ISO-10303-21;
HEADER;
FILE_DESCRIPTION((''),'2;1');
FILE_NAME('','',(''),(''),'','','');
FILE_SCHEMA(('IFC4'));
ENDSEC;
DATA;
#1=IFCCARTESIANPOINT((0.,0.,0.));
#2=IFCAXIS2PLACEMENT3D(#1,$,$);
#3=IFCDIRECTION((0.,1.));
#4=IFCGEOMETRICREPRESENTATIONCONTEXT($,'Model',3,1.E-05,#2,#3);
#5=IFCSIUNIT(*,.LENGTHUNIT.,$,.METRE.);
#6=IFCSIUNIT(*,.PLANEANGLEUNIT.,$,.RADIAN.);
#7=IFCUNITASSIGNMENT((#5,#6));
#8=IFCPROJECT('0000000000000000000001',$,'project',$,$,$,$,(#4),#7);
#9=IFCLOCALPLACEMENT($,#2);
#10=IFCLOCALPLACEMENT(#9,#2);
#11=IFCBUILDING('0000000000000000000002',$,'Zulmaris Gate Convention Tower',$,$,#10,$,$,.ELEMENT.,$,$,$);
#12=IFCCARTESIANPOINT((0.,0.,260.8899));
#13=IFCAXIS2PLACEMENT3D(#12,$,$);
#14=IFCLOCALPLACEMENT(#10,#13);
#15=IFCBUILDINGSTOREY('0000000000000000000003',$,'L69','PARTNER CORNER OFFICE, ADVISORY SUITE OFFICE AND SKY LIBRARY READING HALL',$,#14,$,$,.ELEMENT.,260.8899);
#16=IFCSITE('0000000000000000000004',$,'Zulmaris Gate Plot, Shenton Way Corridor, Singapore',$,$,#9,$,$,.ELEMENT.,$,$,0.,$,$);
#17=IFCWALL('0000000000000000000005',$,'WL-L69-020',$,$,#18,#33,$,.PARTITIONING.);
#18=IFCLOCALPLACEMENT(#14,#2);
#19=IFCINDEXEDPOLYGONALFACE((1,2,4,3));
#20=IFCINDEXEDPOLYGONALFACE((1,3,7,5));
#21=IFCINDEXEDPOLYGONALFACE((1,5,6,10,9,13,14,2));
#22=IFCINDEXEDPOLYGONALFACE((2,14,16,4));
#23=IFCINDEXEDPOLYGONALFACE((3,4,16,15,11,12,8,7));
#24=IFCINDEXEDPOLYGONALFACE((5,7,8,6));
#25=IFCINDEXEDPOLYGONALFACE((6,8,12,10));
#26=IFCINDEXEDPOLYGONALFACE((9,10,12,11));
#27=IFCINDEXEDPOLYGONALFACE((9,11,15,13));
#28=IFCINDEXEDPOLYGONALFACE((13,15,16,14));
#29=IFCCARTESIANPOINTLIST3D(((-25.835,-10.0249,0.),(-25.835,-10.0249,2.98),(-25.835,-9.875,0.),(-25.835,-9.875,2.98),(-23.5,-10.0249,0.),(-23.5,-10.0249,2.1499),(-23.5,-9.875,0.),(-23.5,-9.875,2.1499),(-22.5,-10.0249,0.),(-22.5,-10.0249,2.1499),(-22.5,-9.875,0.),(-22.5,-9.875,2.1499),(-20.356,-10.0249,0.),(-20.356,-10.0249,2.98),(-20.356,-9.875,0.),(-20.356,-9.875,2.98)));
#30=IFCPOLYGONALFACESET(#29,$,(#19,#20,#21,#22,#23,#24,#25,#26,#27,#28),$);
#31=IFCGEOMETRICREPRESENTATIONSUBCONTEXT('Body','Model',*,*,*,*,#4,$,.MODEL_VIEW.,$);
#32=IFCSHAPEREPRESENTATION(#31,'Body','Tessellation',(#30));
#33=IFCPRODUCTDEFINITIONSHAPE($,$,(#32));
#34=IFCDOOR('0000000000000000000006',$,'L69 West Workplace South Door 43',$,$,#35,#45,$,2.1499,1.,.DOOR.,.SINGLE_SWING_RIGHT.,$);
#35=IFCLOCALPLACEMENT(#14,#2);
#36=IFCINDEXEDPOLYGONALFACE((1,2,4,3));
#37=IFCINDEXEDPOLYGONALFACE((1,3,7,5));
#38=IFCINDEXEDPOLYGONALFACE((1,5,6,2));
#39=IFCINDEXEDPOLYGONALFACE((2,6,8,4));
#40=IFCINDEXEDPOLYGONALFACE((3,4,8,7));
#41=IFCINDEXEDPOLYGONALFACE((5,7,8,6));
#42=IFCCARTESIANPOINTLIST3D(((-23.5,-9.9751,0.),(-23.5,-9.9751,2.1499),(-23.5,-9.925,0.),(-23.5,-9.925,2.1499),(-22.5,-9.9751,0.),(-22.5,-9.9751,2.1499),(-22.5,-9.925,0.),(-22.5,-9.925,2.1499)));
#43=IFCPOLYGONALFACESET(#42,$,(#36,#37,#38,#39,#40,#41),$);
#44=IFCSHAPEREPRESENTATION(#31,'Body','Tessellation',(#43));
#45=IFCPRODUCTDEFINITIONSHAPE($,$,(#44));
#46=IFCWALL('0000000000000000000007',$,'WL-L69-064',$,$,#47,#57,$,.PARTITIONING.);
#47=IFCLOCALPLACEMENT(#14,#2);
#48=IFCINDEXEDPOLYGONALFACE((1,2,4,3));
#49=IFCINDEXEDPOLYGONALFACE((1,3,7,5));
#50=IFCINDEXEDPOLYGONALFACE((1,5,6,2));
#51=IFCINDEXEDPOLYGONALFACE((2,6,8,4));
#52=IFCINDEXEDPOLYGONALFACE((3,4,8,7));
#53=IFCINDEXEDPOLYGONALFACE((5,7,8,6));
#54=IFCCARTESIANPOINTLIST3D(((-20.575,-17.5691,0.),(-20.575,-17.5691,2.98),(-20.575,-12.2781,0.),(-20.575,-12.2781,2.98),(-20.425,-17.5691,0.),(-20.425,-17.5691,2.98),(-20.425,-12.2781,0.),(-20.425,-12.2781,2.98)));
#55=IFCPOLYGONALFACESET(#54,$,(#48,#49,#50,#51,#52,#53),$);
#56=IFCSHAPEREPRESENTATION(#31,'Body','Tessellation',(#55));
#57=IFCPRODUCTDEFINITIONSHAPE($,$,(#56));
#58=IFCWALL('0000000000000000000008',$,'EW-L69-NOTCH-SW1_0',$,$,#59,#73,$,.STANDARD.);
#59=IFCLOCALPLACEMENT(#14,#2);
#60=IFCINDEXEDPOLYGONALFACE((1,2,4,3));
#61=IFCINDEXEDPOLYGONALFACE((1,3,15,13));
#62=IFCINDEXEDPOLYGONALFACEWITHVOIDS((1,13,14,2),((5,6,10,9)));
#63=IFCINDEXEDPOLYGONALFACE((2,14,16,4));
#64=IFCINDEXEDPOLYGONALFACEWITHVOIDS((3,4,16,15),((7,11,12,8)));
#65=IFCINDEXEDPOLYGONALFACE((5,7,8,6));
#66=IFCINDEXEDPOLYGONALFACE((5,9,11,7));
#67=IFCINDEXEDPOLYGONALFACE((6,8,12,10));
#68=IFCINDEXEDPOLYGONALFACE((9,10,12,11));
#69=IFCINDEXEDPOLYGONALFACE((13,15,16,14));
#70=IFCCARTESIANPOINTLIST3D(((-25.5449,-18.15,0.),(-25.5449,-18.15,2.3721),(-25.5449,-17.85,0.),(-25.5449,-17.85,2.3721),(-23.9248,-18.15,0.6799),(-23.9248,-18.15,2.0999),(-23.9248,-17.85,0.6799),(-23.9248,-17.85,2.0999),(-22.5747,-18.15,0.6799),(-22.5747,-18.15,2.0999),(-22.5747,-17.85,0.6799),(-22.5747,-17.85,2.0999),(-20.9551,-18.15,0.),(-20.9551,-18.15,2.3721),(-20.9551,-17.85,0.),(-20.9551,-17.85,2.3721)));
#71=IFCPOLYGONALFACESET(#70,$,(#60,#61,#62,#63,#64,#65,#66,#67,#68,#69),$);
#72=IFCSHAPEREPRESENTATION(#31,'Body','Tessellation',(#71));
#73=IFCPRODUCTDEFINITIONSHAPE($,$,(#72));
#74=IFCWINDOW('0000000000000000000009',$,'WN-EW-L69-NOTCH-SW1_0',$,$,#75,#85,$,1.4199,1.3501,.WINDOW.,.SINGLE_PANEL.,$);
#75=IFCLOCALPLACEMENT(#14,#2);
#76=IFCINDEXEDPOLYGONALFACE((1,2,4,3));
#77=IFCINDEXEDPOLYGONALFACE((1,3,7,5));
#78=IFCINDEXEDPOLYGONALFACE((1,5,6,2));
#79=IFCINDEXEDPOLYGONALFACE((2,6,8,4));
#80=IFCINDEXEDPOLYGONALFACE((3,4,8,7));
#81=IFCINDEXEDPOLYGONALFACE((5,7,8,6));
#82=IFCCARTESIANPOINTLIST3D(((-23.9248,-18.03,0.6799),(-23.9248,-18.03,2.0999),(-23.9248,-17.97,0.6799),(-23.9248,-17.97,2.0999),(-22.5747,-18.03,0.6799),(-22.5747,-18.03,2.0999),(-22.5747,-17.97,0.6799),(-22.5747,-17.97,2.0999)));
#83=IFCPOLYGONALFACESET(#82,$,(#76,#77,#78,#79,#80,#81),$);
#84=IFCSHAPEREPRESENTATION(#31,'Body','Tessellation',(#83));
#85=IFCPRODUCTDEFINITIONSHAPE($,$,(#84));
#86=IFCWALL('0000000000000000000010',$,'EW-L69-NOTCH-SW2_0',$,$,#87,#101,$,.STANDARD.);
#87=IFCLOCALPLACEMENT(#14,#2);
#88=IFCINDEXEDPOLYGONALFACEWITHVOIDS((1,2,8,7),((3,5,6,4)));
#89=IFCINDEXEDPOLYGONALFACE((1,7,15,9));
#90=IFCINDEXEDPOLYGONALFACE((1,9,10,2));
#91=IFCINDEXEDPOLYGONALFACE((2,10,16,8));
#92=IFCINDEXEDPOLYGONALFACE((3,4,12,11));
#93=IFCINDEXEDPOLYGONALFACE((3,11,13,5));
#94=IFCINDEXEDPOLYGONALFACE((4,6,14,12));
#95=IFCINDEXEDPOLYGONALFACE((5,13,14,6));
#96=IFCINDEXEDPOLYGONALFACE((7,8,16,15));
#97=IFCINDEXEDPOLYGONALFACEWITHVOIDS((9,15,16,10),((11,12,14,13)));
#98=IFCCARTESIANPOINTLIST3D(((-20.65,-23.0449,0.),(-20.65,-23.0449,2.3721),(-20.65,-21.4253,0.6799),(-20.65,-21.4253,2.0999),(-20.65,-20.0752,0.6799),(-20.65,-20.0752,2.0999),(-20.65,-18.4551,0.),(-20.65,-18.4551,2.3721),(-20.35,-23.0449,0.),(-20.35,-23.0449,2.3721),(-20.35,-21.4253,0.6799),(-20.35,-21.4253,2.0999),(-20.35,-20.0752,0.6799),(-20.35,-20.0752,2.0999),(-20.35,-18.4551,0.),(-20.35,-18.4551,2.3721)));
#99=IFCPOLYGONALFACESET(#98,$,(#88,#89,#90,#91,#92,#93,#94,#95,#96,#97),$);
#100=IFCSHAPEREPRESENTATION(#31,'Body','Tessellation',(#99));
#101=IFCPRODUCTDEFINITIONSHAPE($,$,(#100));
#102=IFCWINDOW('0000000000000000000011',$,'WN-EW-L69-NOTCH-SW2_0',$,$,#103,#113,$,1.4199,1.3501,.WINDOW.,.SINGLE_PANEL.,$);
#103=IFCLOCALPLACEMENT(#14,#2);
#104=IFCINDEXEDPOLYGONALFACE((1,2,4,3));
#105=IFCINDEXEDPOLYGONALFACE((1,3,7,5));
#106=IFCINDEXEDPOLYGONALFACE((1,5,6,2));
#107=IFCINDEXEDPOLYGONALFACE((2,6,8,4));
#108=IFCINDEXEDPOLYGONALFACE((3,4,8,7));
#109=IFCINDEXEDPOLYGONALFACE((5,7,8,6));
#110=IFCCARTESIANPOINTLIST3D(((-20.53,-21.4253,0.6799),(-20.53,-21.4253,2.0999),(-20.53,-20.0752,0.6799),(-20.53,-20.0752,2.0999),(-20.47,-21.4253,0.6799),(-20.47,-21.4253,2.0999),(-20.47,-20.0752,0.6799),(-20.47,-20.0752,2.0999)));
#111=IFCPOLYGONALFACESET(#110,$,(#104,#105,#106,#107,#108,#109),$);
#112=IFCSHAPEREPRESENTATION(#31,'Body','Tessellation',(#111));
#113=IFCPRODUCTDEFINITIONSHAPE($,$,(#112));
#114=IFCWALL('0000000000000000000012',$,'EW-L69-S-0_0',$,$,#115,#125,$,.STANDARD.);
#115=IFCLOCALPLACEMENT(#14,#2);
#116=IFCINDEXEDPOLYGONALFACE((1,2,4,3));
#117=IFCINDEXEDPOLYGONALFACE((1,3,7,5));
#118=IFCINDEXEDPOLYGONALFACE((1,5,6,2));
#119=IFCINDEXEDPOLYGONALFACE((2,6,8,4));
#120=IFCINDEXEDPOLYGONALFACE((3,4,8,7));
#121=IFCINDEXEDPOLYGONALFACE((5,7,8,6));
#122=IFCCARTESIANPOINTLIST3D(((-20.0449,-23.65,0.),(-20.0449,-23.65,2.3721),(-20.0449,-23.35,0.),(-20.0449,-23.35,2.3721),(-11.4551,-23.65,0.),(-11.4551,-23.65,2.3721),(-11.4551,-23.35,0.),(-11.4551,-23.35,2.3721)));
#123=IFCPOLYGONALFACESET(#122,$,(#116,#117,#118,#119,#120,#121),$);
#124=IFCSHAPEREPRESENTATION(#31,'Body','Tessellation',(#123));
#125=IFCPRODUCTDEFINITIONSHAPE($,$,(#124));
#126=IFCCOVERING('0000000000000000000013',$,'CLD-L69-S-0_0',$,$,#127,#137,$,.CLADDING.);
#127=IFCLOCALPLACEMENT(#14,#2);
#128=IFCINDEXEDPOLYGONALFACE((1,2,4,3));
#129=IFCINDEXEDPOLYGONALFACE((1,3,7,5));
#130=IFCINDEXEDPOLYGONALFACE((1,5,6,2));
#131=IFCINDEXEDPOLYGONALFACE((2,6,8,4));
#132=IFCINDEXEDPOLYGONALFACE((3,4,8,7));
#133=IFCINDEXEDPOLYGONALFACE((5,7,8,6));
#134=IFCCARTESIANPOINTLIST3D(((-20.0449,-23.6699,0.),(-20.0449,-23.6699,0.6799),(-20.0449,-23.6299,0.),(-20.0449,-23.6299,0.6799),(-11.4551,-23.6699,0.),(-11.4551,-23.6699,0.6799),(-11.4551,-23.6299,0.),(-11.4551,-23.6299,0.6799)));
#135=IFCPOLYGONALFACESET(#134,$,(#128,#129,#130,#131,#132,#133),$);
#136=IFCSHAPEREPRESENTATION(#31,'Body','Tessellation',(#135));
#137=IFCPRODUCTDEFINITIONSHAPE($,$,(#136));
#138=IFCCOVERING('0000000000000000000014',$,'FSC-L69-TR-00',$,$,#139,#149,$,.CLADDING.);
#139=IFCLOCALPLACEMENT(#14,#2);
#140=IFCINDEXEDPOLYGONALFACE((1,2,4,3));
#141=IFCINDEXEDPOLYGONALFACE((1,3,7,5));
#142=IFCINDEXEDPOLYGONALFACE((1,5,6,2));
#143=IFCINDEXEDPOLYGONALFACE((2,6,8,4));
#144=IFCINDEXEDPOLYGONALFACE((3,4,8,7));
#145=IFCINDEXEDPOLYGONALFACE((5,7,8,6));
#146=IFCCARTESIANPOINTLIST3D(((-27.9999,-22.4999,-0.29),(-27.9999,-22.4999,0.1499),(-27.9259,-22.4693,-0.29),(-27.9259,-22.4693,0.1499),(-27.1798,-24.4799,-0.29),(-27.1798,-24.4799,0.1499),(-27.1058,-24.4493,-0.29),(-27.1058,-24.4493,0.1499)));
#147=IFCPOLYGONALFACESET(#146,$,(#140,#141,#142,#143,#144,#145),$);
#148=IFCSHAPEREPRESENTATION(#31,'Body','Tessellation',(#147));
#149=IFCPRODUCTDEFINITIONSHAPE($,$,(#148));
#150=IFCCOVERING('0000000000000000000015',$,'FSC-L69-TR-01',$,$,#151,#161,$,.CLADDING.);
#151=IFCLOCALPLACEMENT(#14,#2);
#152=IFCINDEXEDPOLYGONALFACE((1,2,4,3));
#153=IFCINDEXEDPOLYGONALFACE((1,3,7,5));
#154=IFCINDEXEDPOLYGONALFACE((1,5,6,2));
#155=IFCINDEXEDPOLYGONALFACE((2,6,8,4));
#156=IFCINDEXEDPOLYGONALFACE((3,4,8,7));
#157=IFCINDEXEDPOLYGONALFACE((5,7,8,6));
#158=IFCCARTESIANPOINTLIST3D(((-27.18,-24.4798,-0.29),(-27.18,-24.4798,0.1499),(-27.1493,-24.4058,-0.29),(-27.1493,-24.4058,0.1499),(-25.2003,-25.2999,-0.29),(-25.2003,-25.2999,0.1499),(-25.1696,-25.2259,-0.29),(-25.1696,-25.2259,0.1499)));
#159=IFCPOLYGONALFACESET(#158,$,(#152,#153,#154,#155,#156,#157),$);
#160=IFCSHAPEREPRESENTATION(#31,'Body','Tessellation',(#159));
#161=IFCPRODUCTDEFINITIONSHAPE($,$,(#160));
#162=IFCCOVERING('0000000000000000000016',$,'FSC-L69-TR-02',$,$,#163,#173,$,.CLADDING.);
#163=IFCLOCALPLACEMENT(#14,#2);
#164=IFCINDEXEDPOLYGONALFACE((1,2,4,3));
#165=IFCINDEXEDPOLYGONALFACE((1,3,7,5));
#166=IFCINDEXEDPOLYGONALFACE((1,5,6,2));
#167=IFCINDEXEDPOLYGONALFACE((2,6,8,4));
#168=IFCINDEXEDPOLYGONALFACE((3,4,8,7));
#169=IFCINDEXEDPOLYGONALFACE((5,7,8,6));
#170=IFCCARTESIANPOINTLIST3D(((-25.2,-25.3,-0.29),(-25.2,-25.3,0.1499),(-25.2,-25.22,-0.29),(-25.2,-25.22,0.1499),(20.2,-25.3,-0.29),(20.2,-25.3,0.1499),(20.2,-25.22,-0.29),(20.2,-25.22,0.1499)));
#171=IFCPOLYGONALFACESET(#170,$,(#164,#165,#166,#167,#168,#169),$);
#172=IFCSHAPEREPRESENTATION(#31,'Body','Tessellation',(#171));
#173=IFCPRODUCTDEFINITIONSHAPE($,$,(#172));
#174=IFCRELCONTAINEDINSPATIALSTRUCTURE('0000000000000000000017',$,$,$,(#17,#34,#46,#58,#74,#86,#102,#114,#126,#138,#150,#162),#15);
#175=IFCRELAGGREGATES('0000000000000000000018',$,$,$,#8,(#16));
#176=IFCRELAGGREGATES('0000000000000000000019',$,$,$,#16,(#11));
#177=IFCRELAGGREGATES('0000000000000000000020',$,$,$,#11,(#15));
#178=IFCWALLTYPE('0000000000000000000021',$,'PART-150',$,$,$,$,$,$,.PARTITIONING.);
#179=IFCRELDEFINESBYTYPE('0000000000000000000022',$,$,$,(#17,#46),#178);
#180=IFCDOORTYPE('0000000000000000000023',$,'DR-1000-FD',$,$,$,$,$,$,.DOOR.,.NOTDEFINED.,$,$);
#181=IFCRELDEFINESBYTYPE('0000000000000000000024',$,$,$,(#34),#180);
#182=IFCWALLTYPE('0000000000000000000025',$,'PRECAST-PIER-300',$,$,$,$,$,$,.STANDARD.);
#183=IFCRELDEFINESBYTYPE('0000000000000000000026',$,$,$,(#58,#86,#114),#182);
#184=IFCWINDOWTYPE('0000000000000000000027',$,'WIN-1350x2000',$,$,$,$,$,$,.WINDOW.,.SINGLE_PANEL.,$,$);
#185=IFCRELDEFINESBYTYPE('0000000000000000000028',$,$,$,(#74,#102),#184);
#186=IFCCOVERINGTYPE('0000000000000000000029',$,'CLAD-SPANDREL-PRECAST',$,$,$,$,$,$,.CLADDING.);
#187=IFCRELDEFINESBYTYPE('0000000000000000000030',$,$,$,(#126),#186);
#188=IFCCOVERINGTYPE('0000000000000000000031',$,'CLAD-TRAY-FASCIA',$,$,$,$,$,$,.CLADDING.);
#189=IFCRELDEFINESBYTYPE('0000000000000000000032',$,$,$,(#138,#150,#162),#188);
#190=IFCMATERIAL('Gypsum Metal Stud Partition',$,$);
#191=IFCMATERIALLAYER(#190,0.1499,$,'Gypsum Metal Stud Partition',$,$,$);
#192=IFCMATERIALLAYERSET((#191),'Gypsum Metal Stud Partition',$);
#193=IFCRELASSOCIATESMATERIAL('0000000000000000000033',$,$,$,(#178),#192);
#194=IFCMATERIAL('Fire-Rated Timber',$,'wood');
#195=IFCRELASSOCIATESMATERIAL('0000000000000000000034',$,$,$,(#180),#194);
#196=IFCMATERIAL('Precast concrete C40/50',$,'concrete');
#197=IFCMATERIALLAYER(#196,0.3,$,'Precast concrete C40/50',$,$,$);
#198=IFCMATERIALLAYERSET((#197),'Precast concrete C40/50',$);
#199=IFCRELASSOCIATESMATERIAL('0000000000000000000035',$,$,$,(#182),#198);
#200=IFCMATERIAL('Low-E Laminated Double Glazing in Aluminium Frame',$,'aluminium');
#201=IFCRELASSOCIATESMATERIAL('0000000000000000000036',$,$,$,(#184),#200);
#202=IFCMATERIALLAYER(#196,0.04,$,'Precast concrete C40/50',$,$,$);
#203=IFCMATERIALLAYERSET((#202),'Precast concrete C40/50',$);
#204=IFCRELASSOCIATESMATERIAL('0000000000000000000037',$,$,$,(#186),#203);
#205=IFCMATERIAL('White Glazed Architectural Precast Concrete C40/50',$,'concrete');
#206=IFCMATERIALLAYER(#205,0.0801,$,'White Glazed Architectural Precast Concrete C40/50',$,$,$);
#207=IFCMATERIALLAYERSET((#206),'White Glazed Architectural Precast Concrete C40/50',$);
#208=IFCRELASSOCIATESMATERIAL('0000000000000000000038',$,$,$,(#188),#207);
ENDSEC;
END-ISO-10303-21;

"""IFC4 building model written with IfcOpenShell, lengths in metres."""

from ifc_helpers import new_model, si_unit, direction, frame, frame_2d, origin, place, context, subcontext, project, spatial, rectangle, extrude, material, layer, layer_set, type_object, element, fill, save


model = new_model("IFC4")

# Units and contexts
model_context = context("Model", 3, precision=1e-05, world=origin(), true_north=direction((0.0, 1.0)))
body_context = subcontext(model_context, "Body", "Model", "MODEL_VIEW")
ifc_project = project(units=[si_unit("LENGTHUNIT", "METRE"), si_unit("PLANEANGLEUNIT", "RADIAN")], contexts=[model_context])

# Site, building, storey
site_placement = place(None, origin())
site = spatial("IfcSite", under=ifc_project, at=site_placement, Name="Zulmaris Gate Plot, Shenton Way Corridor, Singapore", CompositionType="ELEMENT", RefElevation=0.0)
building_placement = place(site_placement, origin())
building = spatial("IfcBuilding", under=site, at=building_placement, Name="Zulmaris Gate Convention Tower", CompositionType="ELEMENT")
storey_placement = place(building_placement, frame((0.0, 0.0, 260.8899)))
storey = spatial("IfcBuildingStorey", under=building, at=storey_placement, Name="L69", Description="PARTNER CORNER OFFICE, ADVISORY SUITE OFFICE AND SKY LIBRARY READING HALL", CompositionType="ELEMENT", Elevation=260.8899)

# Shared definitions
ifc_material_1 = material(Name="Gypsum Metal Stud Partition")
ifc_layer_1 = layer(ifc_material_1, 0.1499, Name="Gypsum Metal Stud Partition")
ifc_layer_set_1 = layer_set([ifc_layer_1], Name="Gypsum Metal Stud Partition")
wall_type_1 = type_object("IfcWallType", Name="PART-150", PredefinedType="PARTITIONING", material=ifc_layer_set_1)

# Wall, opening, door
wall_1_placement = place(storey_placement, frame((-25.835, -9.95, 0.0), z_axis=(0.0, 0.0, 1.0), x_axis=(1.0, 0.0, 0.0)))
wall_1 = element("IfcWall", 1, at=wall_1_placement, inside=storey, type_object=wall_type_1, Name="WL-L69-020", PredefinedType="PARTITIONING", context=body_context, shape_type="SweptSolid", body=[
    extrude(rectangle(XDim=5.479, YDim=0.1499, at=frame_2d((2.7395, 0.0))), origin(), (0.0, 0.0, 1.0), 2.98),
])
opening_1_placement = place(wall_1_placement, frame((2.335, 0.0, 0.0)))
opening_1 = element("IfcOpeningElement", 2, at=opening_1_placement, cuts=wall_1, PredefinedType="OPENING", context=body_context, shape_type="SweptSolid", body=[
    extrude(rectangle(XDim=1.0, YDim=2.1499, at=frame_2d((0.5, 1.075))), frame((0.0, 0.085, 0.0), z_axis=(0.0, -1.0, 0.0), x_axis=(1.0, 0.0, 0.0)), (0.0, 0.0, 1.0), 0.1699),
])
ifc_material_2 = material(Name="Fire-Rated Timber", Category="wood")
door_type_1 = type_object("IfcDoorType", Name="DR-1000-FD", OperationType="NOTDEFINED", PredefinedType="DOOR", material=ifc_material_2)
door_1_placement = place(opening_1_placement, origin())
door_1 = element("IfcDoor", 3, at=door_1_placement, inside=storey, type_object=door_type_1, Name="L69 West Workplace South Door 43", OperationType="SINGLE_SWING_RIGHT", OverallHeight=2.1499, OverallWidth=1.0, PredefinedType="DOOR", context=body_context, shape_type="SweptSolid", body=[
    extrude(rectangle(XDim=1.0, YDim=2.1499, at=frame_2d((0.5, 1.075))), frame((0.0, 0.0249, 0.0), z_axis=(0.0, -1.0, 0.0), x_axis=(1.0, 0.0, 0.0)), (0.0, 0.0, 1.0), 0.05),
])
fill(opening_1, door_1)

# Wall
wall_2_placement = place(storey_placement, frame((-20.5, -17.5691, 0.0), z_axis=(0.0, 0.0, 1.0), x_axis=(0.0, 1.0, 0.0)))
element("IfcWall", 4, at=wall_2_placement, inside=storey, type_object=wall_type_1, Name="WL-L69-064", PredefinedType="PARTITIONING", context=body_context, shape_type="SweptSolid", body=[
    extrude(rectangle(XDim=5.291, YDim=0.1499, at=frame_2d((2.6455, 0.0))), origin(), (0.0, 0.0, 1.0), 2.98),
])

# Walls, openings, windows
ifc_material_3 = material(Name="Precast concrete C40/50", Category="concrete")
ifc_layer_2 = layer(ifc_material_3, 0.3, Name="Precast concrete C40/50")
ifc_layer_set_2 = layer_set([ifc_layer_2], Name="Precast concrete C40/50")
wall_type_2 = type_object("IfcWallType", Name="PRECAST-PIER-300", PredefinedType="STANDARD", material=ifc_layer_set_2)
wall_3_placement = place(storey_placement, frame((-25.5449, -18.0, 0.0), z_axis=(0.0, 0.0, 1.0), x_axis=(1.0, 0.0, 0.0)))
wall_3 = element("IfcWall", 5, at=wall_3_placement, inside=storey, type_object=wall_type_2, Name="EW-L69-NOTCH-SW1_0", PredefinedType="STANDARD", context=body_context, shape_type="SweptSolid", body=[
    extrude(rectangle(XDim=4.5898, YDim=0.3, at=frame_2d((2.2949, 0.0))), origin(), (0.0, 0.0, 1.0), 2.3721),
])
opening_2_placement = place(wall_3_placement, frame((1.6201, 0.0, 0.6799)))
opening_2 = element("IfcOpeningElement", 6, at=opening_2_placement, cuts=wall_3, PredefinedType="OPENING", context=body_context, shape_type="SweptSolid", body=[
    extrude(rectangle(XDim=1.3501, YDim=1.4199, at=frame_2d((0.675, 0.71))), frame((0.0, 0.1602, 0.0), z_axis=(0.0, -1.0, 0.0), x_axis=(1.0, 0.0, 0.0)), (0.0, 0.0, 1.0), 0.3201),
])
ifc_material_4 = material(Name="Low-E Laminated Double Glazing in Aluminium Frame", Category="aluminium")
window_type = type_object("IfcWindowType", Name="WIN-1350x2000", PartitioningType="SINGLE_PANEL", PredefinedType="WINDOW", material=ifc_material_4)
window_1_placement = place(opening_2_placement, origin())
window_1 = element("IfcWindow", 7, at=window_1_placement, inside=storey, type_object=window_type, Name="WN-EW-L69-NOTCH-SW1_0", OverallHeight=1.4199, OverallWidth=1.3501, PartitioningType="SINGLE_PANEL", PredefinedType="WINDOW", context=body_context, shape_type="SweptSolid", body=[
    extrude(rectangle(XDim=1.3501, YDim=1.4199, at=frame_2d((0.675, 0.71))), frame((0.0, 0.03, 0.0), z_axis=(0.0, -1.0, 0.0), x_axis=(1.0, 0.0, 0.0)), (0.0, 0.0, 1.0), 0.0601),
])
fill(opening_2, window_1)
wall_4_placement = place(storey_placement, frame((-20.5, -18.4551, 0.0), z_axis=(0.0, 0.0, 1.0), x_axis=(0.0, -1.0, 0.0)))
wall_4 = element("IfcWall", 8, at=wall_4_placement, inside=storey, type_object=wall_type_2, Name="EW-L69-NOTCH-SW2_0", PredefinedType="STANDARD", context=body_context, shape_type="SweptSolid", body=[
    extrude(rectangle(XDim=4.5898, YDim=0.3, at=frame_2d((2.2949, 0.0))), origin(), (0.0, 0.0, 1.0), 2.3721),
])
opening_3_placement = place(wall_4_placement, frame((1.6201, 0.0, 0.6799)))
opening_3 = element("IfcOpeningElement", 9, at=opening_3_placement, cuts=wall_4, PredefinedType="OPENING", context=body_context, shape_type="SweptSolid", body=[
    extrude(rectangle(XDim=1.3501, YDim=1.4199, at=frame_2d((0.675, 0.71))), frame((0.0, 0.1602, 0.0), z_axis=(0.0, -1.0, 0.0), x_axis=(1.0, 0.0, 0.0)), (0.0, 0.0, 1.0), 0.3201),
])
window_2_placement = place(opening_3_placement, origin())
window_2 = element("IfcWindow", 10, at=window_2_placement, inside=storey, type_object=window_type, Name="WN-EW-L69-NOTCH-SW2_0", OverallHeight=1.4199, OverallWidth=1.3501, PartitioningType="SINGLE_PANEL", PredefinedType="WINDOW", context=body_context, shape_type="SweptSolid", body=[
    extrude(rectangle(XDim=1.3501, YDim=1.4199, at=frame_2d((0.675, 0.71))), frame((0.0, 0.03, 0.0), z_axis=(0.0, -1.0, 0.0), x_axis=(1.0, 0.0, 0.0)), (0.0, 0.0, 1.0), 0.0601),
])
fill(opening_3, window_2)

# Wall
wall_5_placement = place(storey_placement, frame((-20.0449, -23.5, 0.0), z_axis=(0.0, 0.0, 1.0), x_axis=(1.0, 0.0, 0.0)))
element("IfcWall", 11, at=wall_5_placement, inside=storey, type_object=wall_type_2, Name="EW-L69-S-0_0", PredefinedType="STANDARD", context=body_context, shape_type="SweptSolid", body=[
    extrude(rectangle(XDim=8.5898, YDim=0.3, at=frame_2d((4.2949, 0.0))), origin(), (0.0, 0.0, 1.0), 2.3721),
])

# Coverings
ifc_layer_3 = layer(ifc_material_3, 0.04, Name="Precast concrete C40/50")
ifc_layer_set_3 = layer_set([ifc_layer_3], Name="Precast concrete C40/50")
covering_type_1 = type_object("IfcCoveringType", Name="CLAD-SPANDREL-PRECAST", PredefinedType="CLADDING", material=ifc_layer_set_3)
covering_1_placement = place(storey_placement, frame((-20.0449, -23.6499, 0.0), z_axis=(0.0, 0.0, 1.0), x_axis=(1.0, 0.0, 0.0)))
element("IfcCovering", 12, at=covering_1_placement, inside=storey, type_object=covering_type_1, Name="CLD-L69-S-0_0", PredefinedType="CLADDING", context=body_context, shape_type="SweptSolid", body=[
    extrude(rectangle(XDim=8.5898, YDim=0.04, at=frame_2d((4.2949, 0.0))), origin(), (0.0, 0.0, 1.0), 0.6799),
])
ifc_material_5 = material(Name="White Glazed Architectural Precast Concrete C40/50", Category="concrete")
ifc_layer_4 = layer(ifc_material_5, 0.0801, Name="White Glazed Architectural Precast Concrete C40/50")
ifc_layer_set_4 = layer_set([ifc_layer_4], Name="White Glazed Architectural Precast Concrete C40/50")
covering_type_2 = type_object("IfcCoveringType", Name="CLAD-TRAY-FASCIA", PredefinedType="CLADDING", material=ifc_layer_set_4)
covering_2_placement = place(storey_placement, frame((-27.9629, -22.4846, -0.29), z_axis=(0.0, 0.0, 1.0), x_axis=(0.382657, -0.92389, 0.0)))
element("IfcCovering", 13, at=covering_2_placement, inside=storey, type_object=covering_type_2, Name="FSC-L69-TR-00", PredefinedType="CLADDING", context=body_context, shape_type="SweptSolid", body=[
    extrude(rectangle(XDim=2.1431, YDim=0.0801, at=frame_2d((1.0715, 0.0))), origin(), (0.0, 0.0, 1.0), 0.4399),
])
covering_3_placement = place(storey_placement, frame((-27.1646, -24.4429, -0.29), z_axis=(0.0, 0.0, 1.0), x_axis=(0.923874, -0.382697, 0.0)))
element("IfcCovering", 14, at=covering_3_placement, inside=storey, type_object=covering_type_2, Name="FSC-L69-TR-01", PredefinedType="CLADDING", context=body_context, shape_type="SweptSolid", body=[
    extrude(rectangle(XDim=2.1428, YDim=0.0801, at=frame_2d((1.0713, 0.0))), origin(), (0.0, 0.0, 1.0), 0.4399),
])
covering_4_placement = place(storey_placement, frame((-25.2, -25.26, -0.29), z_axis=(0.0, 0.0, 1.0), x_axis=(1.0, 0.0, 0.0)))
element("IfcCovering", 15, at=covering_4_placement, inside=storey, type_object=covering_type_2, Name="FSC-L69-TR-02", PredefinedType="CLADDING", context=body_context, shape_type="SweptSolid", body=[
    extrude(rectangle(XDim=45.3999, YDim=0.0801, at=frame_2d((22.7, 0.0))), origin(), (0.0, 0.0, 1.0), 0.4399),
])

save(model, "model.ifc")
